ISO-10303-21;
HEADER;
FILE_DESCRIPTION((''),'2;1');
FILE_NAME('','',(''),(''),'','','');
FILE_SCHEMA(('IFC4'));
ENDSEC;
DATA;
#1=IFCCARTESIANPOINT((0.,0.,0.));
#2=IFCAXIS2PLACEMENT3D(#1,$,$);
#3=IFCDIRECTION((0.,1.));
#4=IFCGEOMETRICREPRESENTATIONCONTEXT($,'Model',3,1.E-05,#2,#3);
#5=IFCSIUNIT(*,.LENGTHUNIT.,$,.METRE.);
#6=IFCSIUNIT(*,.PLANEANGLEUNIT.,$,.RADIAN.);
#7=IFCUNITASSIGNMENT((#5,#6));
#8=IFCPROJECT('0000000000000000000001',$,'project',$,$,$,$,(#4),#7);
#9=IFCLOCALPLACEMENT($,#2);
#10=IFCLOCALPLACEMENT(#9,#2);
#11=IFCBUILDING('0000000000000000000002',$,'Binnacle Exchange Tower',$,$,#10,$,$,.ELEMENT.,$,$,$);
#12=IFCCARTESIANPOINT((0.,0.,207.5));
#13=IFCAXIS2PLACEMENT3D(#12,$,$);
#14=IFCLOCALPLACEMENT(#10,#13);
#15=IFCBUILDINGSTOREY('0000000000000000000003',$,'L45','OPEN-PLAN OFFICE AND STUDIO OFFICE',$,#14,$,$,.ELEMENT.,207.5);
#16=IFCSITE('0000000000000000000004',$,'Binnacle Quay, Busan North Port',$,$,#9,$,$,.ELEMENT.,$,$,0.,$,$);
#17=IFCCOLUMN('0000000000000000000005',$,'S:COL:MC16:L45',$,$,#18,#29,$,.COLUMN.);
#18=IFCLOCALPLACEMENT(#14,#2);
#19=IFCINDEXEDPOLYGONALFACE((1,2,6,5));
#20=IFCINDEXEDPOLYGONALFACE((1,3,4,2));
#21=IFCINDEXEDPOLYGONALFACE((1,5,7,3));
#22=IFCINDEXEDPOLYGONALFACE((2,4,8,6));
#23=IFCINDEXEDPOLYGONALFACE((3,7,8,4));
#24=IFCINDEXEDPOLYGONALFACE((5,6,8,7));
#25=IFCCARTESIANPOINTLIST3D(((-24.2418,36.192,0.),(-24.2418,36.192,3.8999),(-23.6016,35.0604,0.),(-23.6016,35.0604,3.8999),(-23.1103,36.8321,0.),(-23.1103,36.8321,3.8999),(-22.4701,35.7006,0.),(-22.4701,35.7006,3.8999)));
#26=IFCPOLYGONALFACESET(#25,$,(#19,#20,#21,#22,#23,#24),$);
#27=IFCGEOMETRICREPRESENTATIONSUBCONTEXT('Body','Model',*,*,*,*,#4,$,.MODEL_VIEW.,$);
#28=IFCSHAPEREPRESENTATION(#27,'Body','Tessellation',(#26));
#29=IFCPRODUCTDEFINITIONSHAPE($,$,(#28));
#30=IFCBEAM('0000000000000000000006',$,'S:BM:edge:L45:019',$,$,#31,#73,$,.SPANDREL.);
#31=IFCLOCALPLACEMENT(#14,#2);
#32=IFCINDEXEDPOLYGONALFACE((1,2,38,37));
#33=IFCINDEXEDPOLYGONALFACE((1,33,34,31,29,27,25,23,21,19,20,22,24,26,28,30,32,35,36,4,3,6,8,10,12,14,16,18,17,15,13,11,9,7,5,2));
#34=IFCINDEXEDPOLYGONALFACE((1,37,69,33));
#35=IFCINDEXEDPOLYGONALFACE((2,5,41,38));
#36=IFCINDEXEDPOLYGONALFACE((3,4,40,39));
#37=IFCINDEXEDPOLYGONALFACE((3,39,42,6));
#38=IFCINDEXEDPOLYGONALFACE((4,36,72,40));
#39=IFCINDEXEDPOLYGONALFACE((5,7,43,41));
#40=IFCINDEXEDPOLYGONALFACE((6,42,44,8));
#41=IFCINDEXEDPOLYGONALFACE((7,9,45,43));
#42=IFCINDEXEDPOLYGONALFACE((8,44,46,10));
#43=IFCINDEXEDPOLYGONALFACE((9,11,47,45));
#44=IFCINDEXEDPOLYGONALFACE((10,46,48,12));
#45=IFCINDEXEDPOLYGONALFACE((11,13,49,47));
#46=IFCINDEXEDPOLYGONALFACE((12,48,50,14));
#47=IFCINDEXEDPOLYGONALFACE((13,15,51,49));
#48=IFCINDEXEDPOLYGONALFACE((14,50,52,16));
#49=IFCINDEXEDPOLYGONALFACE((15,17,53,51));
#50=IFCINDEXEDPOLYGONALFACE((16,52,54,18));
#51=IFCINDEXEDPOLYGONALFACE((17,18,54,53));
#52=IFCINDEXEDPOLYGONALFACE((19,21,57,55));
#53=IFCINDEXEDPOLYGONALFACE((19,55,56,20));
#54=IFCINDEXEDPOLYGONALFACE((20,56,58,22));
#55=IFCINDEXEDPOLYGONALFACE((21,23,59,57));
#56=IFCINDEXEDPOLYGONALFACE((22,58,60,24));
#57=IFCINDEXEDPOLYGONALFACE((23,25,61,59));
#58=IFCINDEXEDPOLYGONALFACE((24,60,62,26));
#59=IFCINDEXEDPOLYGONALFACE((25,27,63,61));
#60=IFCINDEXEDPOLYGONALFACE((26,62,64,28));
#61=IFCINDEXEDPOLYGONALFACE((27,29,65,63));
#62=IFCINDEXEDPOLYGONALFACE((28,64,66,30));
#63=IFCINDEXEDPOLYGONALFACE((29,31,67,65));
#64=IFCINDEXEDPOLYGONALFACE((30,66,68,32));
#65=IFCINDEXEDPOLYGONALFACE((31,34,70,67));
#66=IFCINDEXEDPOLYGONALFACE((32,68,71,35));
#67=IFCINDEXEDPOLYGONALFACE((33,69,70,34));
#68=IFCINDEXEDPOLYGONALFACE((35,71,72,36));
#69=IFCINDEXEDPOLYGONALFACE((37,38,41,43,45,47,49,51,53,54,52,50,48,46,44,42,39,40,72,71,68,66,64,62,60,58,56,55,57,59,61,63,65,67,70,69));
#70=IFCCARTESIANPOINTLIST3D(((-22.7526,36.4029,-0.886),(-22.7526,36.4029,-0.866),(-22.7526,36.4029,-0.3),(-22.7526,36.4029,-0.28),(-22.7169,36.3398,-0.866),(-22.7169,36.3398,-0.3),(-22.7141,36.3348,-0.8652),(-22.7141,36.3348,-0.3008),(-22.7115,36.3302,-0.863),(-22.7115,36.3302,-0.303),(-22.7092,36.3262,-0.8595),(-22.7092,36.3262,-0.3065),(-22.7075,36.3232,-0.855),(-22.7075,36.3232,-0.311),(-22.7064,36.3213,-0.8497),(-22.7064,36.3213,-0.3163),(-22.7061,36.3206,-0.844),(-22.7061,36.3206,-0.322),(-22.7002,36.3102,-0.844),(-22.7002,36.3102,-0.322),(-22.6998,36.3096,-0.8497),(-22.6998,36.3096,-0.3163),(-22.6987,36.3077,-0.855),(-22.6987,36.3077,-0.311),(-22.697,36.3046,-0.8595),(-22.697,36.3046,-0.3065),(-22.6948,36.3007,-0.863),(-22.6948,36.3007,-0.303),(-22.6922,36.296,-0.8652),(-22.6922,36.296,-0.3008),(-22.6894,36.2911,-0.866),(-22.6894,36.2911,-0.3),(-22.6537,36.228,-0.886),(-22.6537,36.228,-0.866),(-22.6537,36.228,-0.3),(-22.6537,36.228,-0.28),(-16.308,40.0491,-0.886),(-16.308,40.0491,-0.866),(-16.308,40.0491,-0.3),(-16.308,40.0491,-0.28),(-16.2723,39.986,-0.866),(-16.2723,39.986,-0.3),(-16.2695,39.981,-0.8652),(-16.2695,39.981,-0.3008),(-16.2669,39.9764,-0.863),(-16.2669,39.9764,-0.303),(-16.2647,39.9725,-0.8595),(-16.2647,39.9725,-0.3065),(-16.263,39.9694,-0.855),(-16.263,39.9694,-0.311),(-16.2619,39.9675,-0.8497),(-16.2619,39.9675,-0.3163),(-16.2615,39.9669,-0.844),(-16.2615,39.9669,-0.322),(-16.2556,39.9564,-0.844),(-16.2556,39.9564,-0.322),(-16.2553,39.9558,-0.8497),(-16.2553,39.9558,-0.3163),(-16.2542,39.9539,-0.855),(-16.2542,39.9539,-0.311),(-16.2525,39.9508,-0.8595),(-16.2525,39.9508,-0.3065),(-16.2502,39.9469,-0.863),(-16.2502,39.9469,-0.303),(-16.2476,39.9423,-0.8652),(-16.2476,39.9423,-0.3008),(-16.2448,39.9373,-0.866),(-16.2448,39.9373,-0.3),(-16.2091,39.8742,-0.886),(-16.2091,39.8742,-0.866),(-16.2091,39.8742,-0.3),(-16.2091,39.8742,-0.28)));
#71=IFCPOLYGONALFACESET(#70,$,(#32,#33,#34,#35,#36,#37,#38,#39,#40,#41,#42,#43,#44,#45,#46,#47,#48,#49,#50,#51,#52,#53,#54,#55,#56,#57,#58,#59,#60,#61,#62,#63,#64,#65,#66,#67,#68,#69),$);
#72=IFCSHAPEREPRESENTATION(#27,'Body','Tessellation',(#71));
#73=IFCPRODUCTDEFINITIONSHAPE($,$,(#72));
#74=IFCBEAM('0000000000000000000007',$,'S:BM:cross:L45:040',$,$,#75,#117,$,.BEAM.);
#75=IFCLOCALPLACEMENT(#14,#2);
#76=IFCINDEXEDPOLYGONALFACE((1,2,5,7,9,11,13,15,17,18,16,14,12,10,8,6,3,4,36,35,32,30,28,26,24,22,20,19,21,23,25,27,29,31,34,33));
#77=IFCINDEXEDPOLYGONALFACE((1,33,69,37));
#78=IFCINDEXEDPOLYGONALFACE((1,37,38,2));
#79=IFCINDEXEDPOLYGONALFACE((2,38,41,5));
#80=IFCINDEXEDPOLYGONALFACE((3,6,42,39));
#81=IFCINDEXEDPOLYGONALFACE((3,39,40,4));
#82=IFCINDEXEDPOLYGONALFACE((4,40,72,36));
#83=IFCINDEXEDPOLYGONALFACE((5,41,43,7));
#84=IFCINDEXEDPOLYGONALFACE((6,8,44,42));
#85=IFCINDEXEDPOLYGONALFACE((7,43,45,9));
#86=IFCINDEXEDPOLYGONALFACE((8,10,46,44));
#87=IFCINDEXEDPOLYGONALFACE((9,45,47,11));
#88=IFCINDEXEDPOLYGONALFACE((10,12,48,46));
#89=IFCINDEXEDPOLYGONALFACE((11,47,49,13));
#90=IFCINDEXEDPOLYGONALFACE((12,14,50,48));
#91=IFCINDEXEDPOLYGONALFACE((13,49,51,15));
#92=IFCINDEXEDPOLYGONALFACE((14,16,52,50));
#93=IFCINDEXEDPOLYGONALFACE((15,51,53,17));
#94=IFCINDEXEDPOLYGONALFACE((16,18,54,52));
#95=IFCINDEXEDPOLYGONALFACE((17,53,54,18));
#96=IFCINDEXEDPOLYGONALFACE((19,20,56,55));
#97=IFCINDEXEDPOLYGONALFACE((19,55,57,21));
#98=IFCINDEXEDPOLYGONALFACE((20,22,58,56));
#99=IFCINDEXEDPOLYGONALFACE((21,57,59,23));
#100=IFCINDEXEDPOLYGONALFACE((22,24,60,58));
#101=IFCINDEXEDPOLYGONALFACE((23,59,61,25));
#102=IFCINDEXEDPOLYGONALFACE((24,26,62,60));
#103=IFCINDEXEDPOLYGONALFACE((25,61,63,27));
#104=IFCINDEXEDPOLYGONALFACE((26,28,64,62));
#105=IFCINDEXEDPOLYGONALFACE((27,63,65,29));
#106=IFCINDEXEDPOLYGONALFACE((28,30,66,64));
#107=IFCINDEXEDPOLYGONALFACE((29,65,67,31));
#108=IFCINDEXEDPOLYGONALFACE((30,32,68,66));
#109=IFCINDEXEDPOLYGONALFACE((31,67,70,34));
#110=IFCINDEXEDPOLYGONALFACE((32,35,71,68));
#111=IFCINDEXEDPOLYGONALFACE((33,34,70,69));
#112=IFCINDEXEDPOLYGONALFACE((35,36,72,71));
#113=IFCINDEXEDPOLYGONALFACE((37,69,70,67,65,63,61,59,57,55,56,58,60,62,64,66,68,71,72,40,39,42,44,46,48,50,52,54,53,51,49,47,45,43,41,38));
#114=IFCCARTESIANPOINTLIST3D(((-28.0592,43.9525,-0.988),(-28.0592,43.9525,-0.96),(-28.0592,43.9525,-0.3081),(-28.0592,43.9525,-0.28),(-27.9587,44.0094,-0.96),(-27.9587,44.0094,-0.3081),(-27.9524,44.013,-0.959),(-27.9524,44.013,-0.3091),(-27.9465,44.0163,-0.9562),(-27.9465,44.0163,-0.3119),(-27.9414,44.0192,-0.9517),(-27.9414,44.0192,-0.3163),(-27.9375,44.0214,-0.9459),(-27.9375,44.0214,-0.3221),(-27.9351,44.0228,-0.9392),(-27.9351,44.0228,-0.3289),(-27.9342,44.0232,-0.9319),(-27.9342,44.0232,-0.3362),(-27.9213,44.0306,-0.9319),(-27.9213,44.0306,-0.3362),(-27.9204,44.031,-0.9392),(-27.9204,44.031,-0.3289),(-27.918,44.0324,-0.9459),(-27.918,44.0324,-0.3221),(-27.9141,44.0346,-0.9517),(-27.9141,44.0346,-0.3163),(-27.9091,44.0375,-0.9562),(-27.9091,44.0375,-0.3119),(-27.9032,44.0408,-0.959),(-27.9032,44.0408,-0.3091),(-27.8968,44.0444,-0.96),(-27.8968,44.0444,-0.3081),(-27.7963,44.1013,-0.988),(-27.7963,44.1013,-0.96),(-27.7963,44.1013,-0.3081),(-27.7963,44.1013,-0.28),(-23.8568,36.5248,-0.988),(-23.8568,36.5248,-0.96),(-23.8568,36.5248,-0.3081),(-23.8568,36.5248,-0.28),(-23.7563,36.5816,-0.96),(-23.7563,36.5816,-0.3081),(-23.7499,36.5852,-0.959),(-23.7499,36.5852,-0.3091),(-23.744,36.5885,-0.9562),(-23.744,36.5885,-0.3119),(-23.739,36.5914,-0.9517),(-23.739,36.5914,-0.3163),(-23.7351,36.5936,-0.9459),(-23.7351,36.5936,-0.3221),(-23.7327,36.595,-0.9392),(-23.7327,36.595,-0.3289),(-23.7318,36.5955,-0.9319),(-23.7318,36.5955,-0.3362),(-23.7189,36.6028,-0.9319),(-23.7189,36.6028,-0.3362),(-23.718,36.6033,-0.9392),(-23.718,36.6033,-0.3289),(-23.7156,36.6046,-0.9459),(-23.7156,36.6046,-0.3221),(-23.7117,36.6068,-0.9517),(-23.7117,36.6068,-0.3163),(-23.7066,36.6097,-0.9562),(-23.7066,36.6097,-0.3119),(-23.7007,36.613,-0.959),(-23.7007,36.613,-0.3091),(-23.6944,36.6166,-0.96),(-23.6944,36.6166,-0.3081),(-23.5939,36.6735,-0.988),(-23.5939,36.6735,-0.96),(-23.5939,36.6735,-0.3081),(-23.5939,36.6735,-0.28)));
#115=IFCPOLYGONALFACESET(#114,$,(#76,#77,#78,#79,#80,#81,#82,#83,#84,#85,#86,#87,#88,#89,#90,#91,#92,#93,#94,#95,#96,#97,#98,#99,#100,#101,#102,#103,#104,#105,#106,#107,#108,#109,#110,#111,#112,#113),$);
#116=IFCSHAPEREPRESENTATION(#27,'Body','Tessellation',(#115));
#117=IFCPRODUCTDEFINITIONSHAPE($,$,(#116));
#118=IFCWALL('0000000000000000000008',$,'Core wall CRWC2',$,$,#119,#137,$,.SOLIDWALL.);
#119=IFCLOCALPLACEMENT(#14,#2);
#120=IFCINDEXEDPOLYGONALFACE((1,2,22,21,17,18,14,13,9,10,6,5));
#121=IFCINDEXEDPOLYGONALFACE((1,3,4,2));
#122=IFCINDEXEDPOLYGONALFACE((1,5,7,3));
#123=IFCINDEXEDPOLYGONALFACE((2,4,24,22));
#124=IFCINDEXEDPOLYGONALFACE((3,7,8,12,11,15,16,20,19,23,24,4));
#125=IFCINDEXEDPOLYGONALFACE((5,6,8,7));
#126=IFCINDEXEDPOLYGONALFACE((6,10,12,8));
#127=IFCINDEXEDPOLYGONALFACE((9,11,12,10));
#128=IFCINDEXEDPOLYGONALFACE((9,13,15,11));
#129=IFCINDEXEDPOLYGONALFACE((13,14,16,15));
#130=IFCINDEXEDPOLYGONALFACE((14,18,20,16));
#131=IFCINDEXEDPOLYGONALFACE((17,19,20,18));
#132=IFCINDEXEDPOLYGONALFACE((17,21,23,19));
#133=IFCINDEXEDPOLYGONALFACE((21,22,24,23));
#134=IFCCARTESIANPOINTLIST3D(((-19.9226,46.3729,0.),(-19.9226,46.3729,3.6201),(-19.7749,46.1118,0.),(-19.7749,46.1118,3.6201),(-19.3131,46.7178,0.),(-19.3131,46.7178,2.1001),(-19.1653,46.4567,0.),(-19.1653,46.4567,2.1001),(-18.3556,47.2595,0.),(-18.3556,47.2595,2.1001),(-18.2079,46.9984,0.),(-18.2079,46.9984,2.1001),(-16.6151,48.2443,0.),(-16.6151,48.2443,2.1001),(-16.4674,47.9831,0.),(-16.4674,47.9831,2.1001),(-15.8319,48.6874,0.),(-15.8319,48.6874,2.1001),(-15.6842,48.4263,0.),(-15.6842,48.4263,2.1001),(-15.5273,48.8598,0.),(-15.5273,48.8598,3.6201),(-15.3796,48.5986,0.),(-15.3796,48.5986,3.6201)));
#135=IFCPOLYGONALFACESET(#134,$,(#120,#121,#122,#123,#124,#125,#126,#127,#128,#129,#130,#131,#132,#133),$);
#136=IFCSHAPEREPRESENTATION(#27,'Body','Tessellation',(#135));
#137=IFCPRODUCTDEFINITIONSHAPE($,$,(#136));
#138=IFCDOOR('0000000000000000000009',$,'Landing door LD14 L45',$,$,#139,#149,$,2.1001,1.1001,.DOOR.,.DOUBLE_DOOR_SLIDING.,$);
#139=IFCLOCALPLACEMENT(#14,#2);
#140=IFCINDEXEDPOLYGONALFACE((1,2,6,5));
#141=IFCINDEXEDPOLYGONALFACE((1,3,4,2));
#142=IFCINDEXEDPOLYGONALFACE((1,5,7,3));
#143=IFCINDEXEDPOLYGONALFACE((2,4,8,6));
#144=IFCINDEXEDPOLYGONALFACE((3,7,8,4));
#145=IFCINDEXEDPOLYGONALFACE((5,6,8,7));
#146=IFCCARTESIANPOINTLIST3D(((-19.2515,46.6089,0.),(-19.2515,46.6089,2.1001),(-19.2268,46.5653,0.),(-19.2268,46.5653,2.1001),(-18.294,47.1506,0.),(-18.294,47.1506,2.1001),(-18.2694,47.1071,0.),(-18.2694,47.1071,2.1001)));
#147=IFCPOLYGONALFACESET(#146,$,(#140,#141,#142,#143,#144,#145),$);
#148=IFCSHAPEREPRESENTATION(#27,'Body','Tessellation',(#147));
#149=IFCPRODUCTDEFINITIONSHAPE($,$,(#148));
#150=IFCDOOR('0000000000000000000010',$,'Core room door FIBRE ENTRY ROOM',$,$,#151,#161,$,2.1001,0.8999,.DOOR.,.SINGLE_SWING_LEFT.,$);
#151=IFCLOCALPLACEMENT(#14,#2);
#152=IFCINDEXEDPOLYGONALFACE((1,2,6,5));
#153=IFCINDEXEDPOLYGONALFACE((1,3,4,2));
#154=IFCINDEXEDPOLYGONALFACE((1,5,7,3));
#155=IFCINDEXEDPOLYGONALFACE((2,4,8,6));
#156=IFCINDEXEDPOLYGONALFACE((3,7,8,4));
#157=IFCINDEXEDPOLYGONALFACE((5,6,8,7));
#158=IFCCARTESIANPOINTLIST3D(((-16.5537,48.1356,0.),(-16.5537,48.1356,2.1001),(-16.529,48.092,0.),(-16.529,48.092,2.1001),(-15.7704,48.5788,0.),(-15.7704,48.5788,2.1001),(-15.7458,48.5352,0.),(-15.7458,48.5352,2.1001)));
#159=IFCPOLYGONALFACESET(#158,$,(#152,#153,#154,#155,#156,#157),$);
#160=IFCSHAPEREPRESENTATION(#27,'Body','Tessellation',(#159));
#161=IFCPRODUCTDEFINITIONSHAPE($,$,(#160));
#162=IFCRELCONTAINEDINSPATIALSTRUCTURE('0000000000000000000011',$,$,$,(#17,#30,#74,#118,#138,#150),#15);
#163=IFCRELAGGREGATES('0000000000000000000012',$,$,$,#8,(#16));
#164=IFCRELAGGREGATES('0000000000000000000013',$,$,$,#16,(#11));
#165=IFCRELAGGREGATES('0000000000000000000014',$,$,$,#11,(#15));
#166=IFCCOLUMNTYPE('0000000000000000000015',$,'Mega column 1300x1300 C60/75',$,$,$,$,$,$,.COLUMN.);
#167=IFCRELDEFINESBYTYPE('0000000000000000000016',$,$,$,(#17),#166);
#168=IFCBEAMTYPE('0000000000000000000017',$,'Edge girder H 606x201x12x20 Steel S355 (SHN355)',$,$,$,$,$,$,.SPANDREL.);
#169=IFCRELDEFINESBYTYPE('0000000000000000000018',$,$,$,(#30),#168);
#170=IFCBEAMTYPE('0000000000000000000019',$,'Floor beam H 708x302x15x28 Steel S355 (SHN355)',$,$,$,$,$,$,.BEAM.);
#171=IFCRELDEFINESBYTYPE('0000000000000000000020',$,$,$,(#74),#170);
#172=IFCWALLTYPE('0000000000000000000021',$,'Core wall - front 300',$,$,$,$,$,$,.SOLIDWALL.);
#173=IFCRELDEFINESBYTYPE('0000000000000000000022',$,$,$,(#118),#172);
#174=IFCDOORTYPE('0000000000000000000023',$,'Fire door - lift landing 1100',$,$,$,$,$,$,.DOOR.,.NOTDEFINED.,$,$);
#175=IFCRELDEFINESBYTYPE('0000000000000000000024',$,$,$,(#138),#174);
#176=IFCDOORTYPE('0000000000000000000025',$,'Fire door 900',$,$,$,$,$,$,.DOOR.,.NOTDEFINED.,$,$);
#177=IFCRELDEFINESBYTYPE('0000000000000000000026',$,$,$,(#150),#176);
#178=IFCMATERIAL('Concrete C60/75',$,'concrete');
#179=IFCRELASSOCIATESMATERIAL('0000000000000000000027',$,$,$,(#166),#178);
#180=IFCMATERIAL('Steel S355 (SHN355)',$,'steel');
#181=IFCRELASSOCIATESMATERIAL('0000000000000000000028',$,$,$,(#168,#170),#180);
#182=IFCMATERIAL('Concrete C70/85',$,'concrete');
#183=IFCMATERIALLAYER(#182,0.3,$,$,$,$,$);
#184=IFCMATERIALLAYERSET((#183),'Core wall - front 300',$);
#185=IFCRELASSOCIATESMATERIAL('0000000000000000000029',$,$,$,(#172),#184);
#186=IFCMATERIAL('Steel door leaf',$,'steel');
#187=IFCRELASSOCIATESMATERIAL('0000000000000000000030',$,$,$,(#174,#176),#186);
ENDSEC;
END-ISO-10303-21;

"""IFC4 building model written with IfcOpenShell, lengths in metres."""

from ifc_helpers import new_model, si_unit, direction, frame, frame_2d, origin, origin_2d, place, context, subcontext, project, spatial, rectangle, i_section, extrude, material, layer, layer_set, material_profile, profile_set, type_object, element, fill, save


model = new_model("IFC4")

# Units and contexts
model_context = context("Model", 3, precision=1e-05, world=origin(), true_north=direction((0.0, 1.0)))
body_context = subcontext(model_context, "Body", "Model", "MODEL_VIEW")
ifc_project = project(units=[si_unit("LENGTHUNIT", "METRE"), si_unit("PLANEANGLEUNIT", "RADIAN")], contexts=[model_context])

# Site, building, storey
site_placement = place(None, origin())
site = spatial("IfcSite", under=ifc_project, at=site_placement, Name="Binnacle Quay, Busan North Port", CompositionType="ELEMENT", RefElevation=0.0)
building_placement = place(site_placement, origin())
building = spatial("IfcBuilding", under=site, at=building_placement, Name="Binnacle Exchange Tower", CompositionType="ELEMENT")
storey_placement = place(building_placement, frame((0.0, 0.0, 207.5)))
storey = spatial("IfcBuildingStorey", under=building, at=storey_placement, Name="L45", Description="OPEN-PLAN OFFICE AND STUDIO OFFICE", CompositionType="ELEMENT", Elevation=207.5)

# Column
ifc_material_1 = material(Name="Concrete C60/75", Category="concrete")
ifc_material_profile_1 = material_profile(ifc_material_1, rectangle(XDim=1.3, YDim=1.3, at=origin_2d()), Name="Mega column 1300x1300 C60/75")
ifc_profile_set_1 = profile_set([ifc_material_profile_1], Name="Concrete C60/75")
column_type = type_object("IfcColumnType", Name="Mega column 1300x1300 C60/75", PredefinedType="COLUMN", material=ifc_profile_set_1)
column_placement = place(storey_placement, frame((-23.356, 35.9463, 0.0), z_axis=(0.0, 0.0, 1.0), x_axis=(0.870356, 0.492424, 0.0)))
element("IfcColumn", 1, at=column_placement, inside=storey, type_object=column_type, Name="S:COL:MC16:L45", PredefinedType="COLUMN", context=body_context, shape_type="SweptSolid", body=[
    extrude(rectangle(XDim=1.3, YDim=1.3, at=origin_2d()), origin(), (0.0, 0.0, 1.0), 3.8999),
])

# Beams
ifc_material_2 = material(Name="Steel S355 (SHN355)", Category="steel")
ifc_material_profile_2 = material_profile(ifc_material_2, i_section(OverallWidth=0.2009, OverallDepth=0.606, WebThickness=0.012, FlangeThickness=0.02, FilletRadius=0.022, at=origin_2d()), Name="H 606x201x12x20")
ifc_profile_set_2 = profile_set([ifc_material_profile_2], Name="Steel S355 (SHN355)")
beam_type_1 = type_object("IfcBeamType", Name="Edge girder H 606x201x12x20 Steel S355 (SHN355)", PredefinedType="SPANDREL", material=ifc_profile_set_2)
beam_1_placement = place(storey_placement, frame((-22.7031, 36.3154, -0.583), z_axis=(0.870352, 0.492431, 0.0), x_axis=(-0.492431, 0.870352, 0.0)))
element("IfcBeam", 2, at=beam_1_placement, inside=storey, type_object=beam_type_1, Name="S:BM:edge:L45:019", PredefinedType="SPANDREL", context=body_context, shape_type="SweptSolid", body=[
    extrude(i_section(OverallWidth=0.2009, OverallDepth=0.606, WebThickness=0.012, FlangeThickness=0.02, FilletRadius=0.022, at=origin_2d()), origin(), (0.0, 0.0, 1.0), 7.4045),
])
ifc_material_profile_3 = material_profile(ifc_material_2, i_section(OverallWidth=0.302, OverallDepth=0.708, WebThickness=0.0149, FlangeThickness=0.0281, FilletRadius=0.0281, at=origin_2d()), Name="H 708x302x15x28")
ifc_profile_set_3 = profile_set([ifc_material_profile_3], Name="Steel S355 (SHN355)")
beam_type_2 = type_object("IfcBeamType", Name="Floor beam H 708x302x15x28 Steel S355 (SHN355)", PredefinedType="BEAM", material=ifc_profile_set_3)
beam_2_placement = place(storey_placement, frame((-23.7253, 36.5991, -0.634), z_axis=(-0.492422, 0.870357, 0.0), x_axis=(-0.870357, -0.492422, 0.0)))
element("IfcBeam", 3, at=beam_2_placement, inside=storey, type_object=beam_type_2, Name="S:BM:cross:L45:040", PredefinedType="BEAM", context=body_context, shape_type="SweptSolid", body=[
    extrude(i_section(OverallWidth=0.302, OverallDepth=0.708, WebThickness=0.0149, FlangeThickness=0.0281, FilletRadius=0.0281, at=origin_2d()), origin(), (0.0, 0.0, 1.0), 8.5342),
])

# Wall, openings, doors
ifc_material_3 = material(Name="Concrete C70/85", Category="concrete")
ifc_layer_1 = layer(ifc_material_3, 0.3)
ifc_layer_set_1 = layer_set([ifc_layer_1], Name="Core wall - front 300")
wall_type_1 = type_object("IfcWallType", Name="Core wall - front 300", PredefinedType="SOLIDWALL", material=ifc_layer_set_1)
wall_1_placement = place(storey_placement, frame((-19.8486, 46.2424, 0.0), z_axis=(0.0, 0.0, 1.0), x_axis=(0.870348, 0.492438, 0.0)))
wall_1 = element("IfcWall", 4, at=wall_1_placement, inside=storey, type_object=wall_type_1, Name="Core wall CRWC2", PredefinedType="SOLIDWALL", context=body_context, shape_type="SweptSolid", body=[
    extrude(rectangle(XDim=5.05, YDim=0.3, at=frame_2d((2.5249, 0.0))), origin(), (0.0, 0.0, 1.0), 3.6201),
])
opening_1_placement = place(wall_1_placement, frame((0.7002, 0.0, 0.0)))
opening_1 = element("IfcOpeningElement", 5, at=opening_1_placement, cuts=wall_1, PredefinedType="OPENING", context=body_context, shape_type="SweptSolid", body=[
    extrude(rectangle(XDim=1.1001, YDim=2.1001, at=frame_2d((0.55, 1.05))), frame((0.0, 0.1599, 0.0), z_axis=(0.0, -1.0, 0.0), x_axis=(1.0, 0.0, 0.0)), (0.0, 0.0, 1.0), 0.3201),
])
opening_2_placement = place(wall_1_placement, frame((3.8, 0.0, 0.0)))
opening_2 = element("IfcOpeningElement", 6, at=opening_2_placement, cuts=wall_1, PredefinedType="OPENING", context=body_context, shape_type="SweptSolid", body=[
    extrude(rectangle(XDim=0.8999, YDim=2.1001, at=frame_2d((0.45, 1.05))), frame((0.0, 0.1599, 0.0), z_axis=(0.0, -1.0, 0.0), x_axis=(1.0, 0.0, 0.0)), (0.0, 0.0, 1.0), 0.3201),
])
ifc_material_4 = material(Name="Steel door leaf", Category="steel")
door_type_1 = type_object("IfcDoorType", Name="Fire door - lift landing 1100", OperationType="NOTDEFINED", PredefinedType="DOOR", material=ifc_material_4)
door_1_placement = place(opening_1_placement, origin())
door_1 = element("IfcDoor", 7, at=door_1_placement, inside=storey, type_object=door_type_1, Name="Landing door LD14 L45", OperationType="DOUBLE_DOOR_SLIDING", OverallHeight=2.1001, OverallWidth=1.1001, PredefinedType="DOOR", context=body_context, shape_type="SweptSolid", body=[
    extrude(rectangle(XDim=1.1001, YDim=2.1001, at=frame_2d((0.55, 1.05))), frame((0.0, 0.0249, 0.0), z_axis=(0.0, -1.0, 0.0), x_axis=(1.0, 0.0, 0.0)), (0.0, 0.0, 1.0), 0.05),
])
fill(opening_1, door_1)
door_type_2 = type_object("IfcDoorType", Name="Fire door 900", OperationType="NOTDEFINED", PredefinedType="DOOR", material=ifc_material_4)
door_2_placement = place(opening_2_placement, frame((0.8999, 0.0, 0.0), z_axis=(0.0, 0.0, 1.0), x_axis=(-1.0, 0.0, 0.0)))
door_2 = element("IfcDoor", 8, at=door_2_placement, inside=storey, type_object=door_type_2, Name="Core room door FIBRE ENTRY ROOM", OperationType="SINGLE_SWING_LEFT", OverallHeight=2.1001, OverallWidth=0.8999, PredefinedType="DOOR", context=body_context, shape_type="SweptSolid", body=[
    extrude(rectangle(XDim=0.8999, YDim=2.1001, at=frame_2d((0.45, 1.05))), frame((0.0, 0.0249, 0.0), z_axis=(0.0, -1.0, 0.0), x_axis=(1.0, 0.0, 0.0)), (0.0, 0.0, 1.0), 0.05),
])
fill(opening_2, door_2)

save(model, "model.ifc")
